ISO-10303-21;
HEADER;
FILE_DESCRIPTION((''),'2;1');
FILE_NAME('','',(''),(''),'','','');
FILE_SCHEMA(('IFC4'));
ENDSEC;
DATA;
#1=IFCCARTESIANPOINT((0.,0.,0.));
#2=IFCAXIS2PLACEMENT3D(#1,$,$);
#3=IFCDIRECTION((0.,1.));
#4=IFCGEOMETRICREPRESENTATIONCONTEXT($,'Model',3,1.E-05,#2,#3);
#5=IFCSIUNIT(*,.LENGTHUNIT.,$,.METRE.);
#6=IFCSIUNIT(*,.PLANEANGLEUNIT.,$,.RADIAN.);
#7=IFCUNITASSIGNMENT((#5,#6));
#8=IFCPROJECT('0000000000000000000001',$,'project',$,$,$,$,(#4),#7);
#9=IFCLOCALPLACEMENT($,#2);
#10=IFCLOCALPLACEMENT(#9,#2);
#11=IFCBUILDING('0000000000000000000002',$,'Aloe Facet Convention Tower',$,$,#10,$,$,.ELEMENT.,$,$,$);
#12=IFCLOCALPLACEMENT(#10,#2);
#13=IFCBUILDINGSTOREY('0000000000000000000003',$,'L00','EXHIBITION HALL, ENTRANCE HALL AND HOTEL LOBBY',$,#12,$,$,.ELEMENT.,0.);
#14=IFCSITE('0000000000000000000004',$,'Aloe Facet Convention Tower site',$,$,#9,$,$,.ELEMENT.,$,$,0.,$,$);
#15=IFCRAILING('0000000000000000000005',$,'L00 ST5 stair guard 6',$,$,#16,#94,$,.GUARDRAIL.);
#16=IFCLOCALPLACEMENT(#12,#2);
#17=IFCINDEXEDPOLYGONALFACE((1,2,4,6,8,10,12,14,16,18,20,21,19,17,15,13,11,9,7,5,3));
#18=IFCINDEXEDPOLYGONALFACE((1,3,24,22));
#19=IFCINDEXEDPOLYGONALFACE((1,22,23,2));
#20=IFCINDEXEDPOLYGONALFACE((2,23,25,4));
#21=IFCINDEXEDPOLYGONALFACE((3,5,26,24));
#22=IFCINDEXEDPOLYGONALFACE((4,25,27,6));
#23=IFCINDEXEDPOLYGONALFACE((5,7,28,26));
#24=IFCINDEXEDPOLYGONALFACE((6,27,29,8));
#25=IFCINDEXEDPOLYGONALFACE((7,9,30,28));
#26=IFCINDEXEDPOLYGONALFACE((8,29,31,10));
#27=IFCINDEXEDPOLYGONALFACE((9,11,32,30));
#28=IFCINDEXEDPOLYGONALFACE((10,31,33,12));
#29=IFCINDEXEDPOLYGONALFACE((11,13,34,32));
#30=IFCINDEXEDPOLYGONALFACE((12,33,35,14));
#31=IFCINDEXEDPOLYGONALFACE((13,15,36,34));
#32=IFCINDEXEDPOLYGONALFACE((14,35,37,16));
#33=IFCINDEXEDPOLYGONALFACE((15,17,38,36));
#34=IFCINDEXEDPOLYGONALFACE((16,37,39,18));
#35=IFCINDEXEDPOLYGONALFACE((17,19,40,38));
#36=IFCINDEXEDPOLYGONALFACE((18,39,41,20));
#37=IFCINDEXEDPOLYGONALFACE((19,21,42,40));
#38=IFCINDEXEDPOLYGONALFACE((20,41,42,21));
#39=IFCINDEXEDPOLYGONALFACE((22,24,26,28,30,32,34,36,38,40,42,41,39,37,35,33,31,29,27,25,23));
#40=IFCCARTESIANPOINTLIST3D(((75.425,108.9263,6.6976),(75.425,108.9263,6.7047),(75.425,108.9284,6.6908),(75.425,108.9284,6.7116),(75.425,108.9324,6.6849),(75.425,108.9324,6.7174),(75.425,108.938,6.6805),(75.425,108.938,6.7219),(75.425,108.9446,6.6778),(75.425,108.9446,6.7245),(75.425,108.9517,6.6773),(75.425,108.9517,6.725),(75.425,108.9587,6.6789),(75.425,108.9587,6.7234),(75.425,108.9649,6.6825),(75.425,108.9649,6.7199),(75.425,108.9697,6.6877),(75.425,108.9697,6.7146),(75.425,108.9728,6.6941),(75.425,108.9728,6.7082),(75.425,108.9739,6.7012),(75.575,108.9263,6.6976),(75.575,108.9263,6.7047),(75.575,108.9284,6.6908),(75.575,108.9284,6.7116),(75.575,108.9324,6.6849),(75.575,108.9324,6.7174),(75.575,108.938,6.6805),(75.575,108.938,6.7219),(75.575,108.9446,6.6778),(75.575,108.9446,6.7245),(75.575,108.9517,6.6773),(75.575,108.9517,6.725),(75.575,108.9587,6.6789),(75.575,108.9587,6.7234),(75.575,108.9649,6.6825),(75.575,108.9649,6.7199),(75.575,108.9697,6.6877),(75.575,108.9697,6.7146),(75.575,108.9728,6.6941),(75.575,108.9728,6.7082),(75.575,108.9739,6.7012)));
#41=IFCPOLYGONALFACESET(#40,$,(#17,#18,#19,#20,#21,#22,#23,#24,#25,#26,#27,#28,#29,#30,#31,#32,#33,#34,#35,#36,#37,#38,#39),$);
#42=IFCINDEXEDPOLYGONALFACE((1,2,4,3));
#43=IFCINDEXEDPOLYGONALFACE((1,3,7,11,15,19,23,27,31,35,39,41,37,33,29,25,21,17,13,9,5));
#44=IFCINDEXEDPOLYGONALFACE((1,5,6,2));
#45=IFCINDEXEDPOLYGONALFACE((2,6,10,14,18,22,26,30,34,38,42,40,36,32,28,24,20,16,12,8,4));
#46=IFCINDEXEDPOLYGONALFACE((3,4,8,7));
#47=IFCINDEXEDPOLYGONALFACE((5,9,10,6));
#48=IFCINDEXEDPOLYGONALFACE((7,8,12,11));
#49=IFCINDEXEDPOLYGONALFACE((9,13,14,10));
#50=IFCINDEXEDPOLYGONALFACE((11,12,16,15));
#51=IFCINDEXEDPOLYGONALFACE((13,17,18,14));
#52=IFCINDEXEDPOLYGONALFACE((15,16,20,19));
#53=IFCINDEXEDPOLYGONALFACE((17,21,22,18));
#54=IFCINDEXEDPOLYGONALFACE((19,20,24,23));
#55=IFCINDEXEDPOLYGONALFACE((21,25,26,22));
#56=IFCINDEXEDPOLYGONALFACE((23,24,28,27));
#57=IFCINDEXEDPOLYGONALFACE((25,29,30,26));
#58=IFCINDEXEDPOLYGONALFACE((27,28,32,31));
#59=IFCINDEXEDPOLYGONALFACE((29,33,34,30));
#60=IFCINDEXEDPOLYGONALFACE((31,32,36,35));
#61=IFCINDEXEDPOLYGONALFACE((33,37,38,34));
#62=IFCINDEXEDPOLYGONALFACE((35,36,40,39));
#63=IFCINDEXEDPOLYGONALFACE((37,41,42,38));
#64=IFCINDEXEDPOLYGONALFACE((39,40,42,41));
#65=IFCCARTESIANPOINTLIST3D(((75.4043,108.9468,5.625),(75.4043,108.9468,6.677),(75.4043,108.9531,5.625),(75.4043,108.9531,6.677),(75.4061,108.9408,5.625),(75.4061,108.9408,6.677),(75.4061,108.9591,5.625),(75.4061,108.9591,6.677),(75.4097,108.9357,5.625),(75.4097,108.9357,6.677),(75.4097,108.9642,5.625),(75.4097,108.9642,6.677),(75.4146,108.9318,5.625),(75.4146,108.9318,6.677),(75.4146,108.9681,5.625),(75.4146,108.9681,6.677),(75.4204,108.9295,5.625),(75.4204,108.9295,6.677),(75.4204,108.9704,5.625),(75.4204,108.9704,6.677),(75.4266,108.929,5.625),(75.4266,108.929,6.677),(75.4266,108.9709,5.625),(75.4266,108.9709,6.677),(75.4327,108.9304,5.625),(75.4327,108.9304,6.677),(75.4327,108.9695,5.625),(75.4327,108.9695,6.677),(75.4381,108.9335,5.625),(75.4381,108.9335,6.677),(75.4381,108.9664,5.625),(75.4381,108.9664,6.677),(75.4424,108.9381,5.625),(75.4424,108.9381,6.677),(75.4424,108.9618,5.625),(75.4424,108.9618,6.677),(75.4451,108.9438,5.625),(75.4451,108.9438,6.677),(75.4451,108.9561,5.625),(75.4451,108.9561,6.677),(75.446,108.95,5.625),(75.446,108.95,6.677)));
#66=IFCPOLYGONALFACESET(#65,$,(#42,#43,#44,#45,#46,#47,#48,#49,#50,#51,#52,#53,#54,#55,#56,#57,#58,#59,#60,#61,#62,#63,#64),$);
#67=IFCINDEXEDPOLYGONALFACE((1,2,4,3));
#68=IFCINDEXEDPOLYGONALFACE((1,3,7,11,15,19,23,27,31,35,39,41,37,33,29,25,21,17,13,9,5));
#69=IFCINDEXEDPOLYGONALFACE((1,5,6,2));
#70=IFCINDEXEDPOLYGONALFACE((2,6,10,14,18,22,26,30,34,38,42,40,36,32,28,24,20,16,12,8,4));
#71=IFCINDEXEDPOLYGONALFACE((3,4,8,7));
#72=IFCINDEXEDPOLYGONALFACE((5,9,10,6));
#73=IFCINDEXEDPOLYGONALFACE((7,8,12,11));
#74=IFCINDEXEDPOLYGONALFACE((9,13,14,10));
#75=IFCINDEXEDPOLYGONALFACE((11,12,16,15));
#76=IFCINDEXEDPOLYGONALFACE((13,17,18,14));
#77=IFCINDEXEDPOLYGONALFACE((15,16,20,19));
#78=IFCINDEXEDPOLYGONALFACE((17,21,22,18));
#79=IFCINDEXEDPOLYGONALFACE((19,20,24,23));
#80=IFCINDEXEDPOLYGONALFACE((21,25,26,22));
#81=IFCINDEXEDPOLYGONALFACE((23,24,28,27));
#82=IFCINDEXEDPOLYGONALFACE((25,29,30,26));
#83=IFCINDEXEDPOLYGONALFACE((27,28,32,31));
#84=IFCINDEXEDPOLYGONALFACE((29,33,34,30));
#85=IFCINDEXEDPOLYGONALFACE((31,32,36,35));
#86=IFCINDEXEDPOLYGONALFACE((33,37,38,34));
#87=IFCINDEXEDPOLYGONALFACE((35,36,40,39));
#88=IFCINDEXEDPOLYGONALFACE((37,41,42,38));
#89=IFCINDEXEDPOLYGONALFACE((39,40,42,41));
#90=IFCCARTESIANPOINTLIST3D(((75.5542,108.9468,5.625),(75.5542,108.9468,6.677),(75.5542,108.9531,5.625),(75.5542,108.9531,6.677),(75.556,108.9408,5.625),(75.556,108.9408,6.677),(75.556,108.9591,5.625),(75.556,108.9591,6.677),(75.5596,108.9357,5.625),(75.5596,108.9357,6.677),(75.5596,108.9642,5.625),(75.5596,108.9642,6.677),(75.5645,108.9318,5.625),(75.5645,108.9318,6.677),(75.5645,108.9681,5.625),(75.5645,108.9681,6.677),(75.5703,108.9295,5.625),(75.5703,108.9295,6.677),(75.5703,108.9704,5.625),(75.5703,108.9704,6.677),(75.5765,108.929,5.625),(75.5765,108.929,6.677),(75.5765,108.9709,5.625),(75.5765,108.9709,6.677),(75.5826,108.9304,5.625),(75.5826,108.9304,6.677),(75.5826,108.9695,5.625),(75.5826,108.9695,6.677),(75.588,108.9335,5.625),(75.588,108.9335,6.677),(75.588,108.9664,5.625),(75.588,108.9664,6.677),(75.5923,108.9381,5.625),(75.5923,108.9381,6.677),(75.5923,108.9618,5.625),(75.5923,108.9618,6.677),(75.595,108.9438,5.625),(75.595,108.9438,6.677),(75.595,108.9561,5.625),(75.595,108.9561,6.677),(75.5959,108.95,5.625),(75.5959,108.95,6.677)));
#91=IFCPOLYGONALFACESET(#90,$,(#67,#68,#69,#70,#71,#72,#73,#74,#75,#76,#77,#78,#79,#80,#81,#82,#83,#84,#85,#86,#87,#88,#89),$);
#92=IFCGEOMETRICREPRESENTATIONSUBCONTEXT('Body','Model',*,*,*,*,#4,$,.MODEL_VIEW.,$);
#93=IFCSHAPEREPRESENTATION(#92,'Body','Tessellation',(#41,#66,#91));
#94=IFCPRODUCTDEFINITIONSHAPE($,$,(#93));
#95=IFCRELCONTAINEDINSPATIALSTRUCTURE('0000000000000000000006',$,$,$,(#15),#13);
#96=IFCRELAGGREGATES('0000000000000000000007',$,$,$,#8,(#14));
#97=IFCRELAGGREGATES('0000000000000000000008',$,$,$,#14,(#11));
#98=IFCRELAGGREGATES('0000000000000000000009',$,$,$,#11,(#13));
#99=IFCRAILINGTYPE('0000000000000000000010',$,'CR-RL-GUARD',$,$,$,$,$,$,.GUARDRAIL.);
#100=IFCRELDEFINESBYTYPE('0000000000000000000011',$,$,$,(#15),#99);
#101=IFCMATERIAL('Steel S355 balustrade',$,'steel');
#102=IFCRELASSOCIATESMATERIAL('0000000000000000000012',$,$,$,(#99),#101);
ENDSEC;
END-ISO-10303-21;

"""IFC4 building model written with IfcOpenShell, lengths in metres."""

from ifc_helpers import new_model, si_unit, direction, frame, origin, origin_2d, place, context, subcontext, project, spatial, circle, extrude, material, type_object, element, save


model = new_model("IFC4")

# Units and contexts
model_context = context("Model", 3, precision=1e-05, world=origin(), true_north=direction((0.0, 1.0)))
body_context = subcontext(model_context, "Body", "Model", "MODEL_VIEW")
ifc_project = project(units=[si_unit("LENGTHUNIT", "METRE"), si_unit("PLANEANGLEUNIT", "RADIAN")], contexts=[model_context])

# Site, building, storey
site_placement = place(None, origin())
site = spatial("IfcSite", under=ifc_project, at=site_placement, Name="Aloe Facet Convention Tower site", CompositionType="ELEMENT", RefElevation=0.0)
building_placement = place(site_placement, origin())
building = spatial("IfcBuilding", under=site, at=building_placement, Name="Aloe Facet Convention Tower", CompositionType="ELEMENT")
storey_placement = place(building_placement, origin())
storey = spatial("IfcBuildingStorey", under=building, at=storey_placement, Name="L00", Description="EXHIBITION HALL, ENTRANCE HALL AND HOTEL LOBBY", CompositionType="ELEMENT", Elevation=0.0)

# Railing
ifc_material_1 = material(Name="Steel S355 balustrade", Category="steel")
railing_type_1 = type_object("IfcRailingType", Name="CR-RL-GUARD", PredefinedType="GUARDRAIL", material=ifc_material_1)
railing_1_placement = place(storey_placement, frame((75.425, 108.95, 5.625)))
element("IfcRailing", 1, at=railing_1_placement, inside=storey, type_object=railing_type_1, Name="L00 ST5 stair guard 6", PredefinedType="GUARDRAIL", context=body_context, shape_type="SweptSolid", body=[
    extrude(circle(Radius=0.0239, at=origin_2d()), frame((0.0, 0.0, 1.0762), z_axis=(1.0, 0.0, 0.0), x_axis=(0.0, 1.0, 0.0)), (0.0, 0.0, 1.0), 0.1499),
    extrude(circle(Radius=0.021, at=origin_2d()), origin(), (0.0, 0.0, 1.0), 1.052),
    extrude(circle(Radius=0.021, at=origin_2d()), frame((0.1499, 0.0, 0.0)), (0.0, 0.0, 1.0), 1.052),
])

save(model, "model.ifc")
